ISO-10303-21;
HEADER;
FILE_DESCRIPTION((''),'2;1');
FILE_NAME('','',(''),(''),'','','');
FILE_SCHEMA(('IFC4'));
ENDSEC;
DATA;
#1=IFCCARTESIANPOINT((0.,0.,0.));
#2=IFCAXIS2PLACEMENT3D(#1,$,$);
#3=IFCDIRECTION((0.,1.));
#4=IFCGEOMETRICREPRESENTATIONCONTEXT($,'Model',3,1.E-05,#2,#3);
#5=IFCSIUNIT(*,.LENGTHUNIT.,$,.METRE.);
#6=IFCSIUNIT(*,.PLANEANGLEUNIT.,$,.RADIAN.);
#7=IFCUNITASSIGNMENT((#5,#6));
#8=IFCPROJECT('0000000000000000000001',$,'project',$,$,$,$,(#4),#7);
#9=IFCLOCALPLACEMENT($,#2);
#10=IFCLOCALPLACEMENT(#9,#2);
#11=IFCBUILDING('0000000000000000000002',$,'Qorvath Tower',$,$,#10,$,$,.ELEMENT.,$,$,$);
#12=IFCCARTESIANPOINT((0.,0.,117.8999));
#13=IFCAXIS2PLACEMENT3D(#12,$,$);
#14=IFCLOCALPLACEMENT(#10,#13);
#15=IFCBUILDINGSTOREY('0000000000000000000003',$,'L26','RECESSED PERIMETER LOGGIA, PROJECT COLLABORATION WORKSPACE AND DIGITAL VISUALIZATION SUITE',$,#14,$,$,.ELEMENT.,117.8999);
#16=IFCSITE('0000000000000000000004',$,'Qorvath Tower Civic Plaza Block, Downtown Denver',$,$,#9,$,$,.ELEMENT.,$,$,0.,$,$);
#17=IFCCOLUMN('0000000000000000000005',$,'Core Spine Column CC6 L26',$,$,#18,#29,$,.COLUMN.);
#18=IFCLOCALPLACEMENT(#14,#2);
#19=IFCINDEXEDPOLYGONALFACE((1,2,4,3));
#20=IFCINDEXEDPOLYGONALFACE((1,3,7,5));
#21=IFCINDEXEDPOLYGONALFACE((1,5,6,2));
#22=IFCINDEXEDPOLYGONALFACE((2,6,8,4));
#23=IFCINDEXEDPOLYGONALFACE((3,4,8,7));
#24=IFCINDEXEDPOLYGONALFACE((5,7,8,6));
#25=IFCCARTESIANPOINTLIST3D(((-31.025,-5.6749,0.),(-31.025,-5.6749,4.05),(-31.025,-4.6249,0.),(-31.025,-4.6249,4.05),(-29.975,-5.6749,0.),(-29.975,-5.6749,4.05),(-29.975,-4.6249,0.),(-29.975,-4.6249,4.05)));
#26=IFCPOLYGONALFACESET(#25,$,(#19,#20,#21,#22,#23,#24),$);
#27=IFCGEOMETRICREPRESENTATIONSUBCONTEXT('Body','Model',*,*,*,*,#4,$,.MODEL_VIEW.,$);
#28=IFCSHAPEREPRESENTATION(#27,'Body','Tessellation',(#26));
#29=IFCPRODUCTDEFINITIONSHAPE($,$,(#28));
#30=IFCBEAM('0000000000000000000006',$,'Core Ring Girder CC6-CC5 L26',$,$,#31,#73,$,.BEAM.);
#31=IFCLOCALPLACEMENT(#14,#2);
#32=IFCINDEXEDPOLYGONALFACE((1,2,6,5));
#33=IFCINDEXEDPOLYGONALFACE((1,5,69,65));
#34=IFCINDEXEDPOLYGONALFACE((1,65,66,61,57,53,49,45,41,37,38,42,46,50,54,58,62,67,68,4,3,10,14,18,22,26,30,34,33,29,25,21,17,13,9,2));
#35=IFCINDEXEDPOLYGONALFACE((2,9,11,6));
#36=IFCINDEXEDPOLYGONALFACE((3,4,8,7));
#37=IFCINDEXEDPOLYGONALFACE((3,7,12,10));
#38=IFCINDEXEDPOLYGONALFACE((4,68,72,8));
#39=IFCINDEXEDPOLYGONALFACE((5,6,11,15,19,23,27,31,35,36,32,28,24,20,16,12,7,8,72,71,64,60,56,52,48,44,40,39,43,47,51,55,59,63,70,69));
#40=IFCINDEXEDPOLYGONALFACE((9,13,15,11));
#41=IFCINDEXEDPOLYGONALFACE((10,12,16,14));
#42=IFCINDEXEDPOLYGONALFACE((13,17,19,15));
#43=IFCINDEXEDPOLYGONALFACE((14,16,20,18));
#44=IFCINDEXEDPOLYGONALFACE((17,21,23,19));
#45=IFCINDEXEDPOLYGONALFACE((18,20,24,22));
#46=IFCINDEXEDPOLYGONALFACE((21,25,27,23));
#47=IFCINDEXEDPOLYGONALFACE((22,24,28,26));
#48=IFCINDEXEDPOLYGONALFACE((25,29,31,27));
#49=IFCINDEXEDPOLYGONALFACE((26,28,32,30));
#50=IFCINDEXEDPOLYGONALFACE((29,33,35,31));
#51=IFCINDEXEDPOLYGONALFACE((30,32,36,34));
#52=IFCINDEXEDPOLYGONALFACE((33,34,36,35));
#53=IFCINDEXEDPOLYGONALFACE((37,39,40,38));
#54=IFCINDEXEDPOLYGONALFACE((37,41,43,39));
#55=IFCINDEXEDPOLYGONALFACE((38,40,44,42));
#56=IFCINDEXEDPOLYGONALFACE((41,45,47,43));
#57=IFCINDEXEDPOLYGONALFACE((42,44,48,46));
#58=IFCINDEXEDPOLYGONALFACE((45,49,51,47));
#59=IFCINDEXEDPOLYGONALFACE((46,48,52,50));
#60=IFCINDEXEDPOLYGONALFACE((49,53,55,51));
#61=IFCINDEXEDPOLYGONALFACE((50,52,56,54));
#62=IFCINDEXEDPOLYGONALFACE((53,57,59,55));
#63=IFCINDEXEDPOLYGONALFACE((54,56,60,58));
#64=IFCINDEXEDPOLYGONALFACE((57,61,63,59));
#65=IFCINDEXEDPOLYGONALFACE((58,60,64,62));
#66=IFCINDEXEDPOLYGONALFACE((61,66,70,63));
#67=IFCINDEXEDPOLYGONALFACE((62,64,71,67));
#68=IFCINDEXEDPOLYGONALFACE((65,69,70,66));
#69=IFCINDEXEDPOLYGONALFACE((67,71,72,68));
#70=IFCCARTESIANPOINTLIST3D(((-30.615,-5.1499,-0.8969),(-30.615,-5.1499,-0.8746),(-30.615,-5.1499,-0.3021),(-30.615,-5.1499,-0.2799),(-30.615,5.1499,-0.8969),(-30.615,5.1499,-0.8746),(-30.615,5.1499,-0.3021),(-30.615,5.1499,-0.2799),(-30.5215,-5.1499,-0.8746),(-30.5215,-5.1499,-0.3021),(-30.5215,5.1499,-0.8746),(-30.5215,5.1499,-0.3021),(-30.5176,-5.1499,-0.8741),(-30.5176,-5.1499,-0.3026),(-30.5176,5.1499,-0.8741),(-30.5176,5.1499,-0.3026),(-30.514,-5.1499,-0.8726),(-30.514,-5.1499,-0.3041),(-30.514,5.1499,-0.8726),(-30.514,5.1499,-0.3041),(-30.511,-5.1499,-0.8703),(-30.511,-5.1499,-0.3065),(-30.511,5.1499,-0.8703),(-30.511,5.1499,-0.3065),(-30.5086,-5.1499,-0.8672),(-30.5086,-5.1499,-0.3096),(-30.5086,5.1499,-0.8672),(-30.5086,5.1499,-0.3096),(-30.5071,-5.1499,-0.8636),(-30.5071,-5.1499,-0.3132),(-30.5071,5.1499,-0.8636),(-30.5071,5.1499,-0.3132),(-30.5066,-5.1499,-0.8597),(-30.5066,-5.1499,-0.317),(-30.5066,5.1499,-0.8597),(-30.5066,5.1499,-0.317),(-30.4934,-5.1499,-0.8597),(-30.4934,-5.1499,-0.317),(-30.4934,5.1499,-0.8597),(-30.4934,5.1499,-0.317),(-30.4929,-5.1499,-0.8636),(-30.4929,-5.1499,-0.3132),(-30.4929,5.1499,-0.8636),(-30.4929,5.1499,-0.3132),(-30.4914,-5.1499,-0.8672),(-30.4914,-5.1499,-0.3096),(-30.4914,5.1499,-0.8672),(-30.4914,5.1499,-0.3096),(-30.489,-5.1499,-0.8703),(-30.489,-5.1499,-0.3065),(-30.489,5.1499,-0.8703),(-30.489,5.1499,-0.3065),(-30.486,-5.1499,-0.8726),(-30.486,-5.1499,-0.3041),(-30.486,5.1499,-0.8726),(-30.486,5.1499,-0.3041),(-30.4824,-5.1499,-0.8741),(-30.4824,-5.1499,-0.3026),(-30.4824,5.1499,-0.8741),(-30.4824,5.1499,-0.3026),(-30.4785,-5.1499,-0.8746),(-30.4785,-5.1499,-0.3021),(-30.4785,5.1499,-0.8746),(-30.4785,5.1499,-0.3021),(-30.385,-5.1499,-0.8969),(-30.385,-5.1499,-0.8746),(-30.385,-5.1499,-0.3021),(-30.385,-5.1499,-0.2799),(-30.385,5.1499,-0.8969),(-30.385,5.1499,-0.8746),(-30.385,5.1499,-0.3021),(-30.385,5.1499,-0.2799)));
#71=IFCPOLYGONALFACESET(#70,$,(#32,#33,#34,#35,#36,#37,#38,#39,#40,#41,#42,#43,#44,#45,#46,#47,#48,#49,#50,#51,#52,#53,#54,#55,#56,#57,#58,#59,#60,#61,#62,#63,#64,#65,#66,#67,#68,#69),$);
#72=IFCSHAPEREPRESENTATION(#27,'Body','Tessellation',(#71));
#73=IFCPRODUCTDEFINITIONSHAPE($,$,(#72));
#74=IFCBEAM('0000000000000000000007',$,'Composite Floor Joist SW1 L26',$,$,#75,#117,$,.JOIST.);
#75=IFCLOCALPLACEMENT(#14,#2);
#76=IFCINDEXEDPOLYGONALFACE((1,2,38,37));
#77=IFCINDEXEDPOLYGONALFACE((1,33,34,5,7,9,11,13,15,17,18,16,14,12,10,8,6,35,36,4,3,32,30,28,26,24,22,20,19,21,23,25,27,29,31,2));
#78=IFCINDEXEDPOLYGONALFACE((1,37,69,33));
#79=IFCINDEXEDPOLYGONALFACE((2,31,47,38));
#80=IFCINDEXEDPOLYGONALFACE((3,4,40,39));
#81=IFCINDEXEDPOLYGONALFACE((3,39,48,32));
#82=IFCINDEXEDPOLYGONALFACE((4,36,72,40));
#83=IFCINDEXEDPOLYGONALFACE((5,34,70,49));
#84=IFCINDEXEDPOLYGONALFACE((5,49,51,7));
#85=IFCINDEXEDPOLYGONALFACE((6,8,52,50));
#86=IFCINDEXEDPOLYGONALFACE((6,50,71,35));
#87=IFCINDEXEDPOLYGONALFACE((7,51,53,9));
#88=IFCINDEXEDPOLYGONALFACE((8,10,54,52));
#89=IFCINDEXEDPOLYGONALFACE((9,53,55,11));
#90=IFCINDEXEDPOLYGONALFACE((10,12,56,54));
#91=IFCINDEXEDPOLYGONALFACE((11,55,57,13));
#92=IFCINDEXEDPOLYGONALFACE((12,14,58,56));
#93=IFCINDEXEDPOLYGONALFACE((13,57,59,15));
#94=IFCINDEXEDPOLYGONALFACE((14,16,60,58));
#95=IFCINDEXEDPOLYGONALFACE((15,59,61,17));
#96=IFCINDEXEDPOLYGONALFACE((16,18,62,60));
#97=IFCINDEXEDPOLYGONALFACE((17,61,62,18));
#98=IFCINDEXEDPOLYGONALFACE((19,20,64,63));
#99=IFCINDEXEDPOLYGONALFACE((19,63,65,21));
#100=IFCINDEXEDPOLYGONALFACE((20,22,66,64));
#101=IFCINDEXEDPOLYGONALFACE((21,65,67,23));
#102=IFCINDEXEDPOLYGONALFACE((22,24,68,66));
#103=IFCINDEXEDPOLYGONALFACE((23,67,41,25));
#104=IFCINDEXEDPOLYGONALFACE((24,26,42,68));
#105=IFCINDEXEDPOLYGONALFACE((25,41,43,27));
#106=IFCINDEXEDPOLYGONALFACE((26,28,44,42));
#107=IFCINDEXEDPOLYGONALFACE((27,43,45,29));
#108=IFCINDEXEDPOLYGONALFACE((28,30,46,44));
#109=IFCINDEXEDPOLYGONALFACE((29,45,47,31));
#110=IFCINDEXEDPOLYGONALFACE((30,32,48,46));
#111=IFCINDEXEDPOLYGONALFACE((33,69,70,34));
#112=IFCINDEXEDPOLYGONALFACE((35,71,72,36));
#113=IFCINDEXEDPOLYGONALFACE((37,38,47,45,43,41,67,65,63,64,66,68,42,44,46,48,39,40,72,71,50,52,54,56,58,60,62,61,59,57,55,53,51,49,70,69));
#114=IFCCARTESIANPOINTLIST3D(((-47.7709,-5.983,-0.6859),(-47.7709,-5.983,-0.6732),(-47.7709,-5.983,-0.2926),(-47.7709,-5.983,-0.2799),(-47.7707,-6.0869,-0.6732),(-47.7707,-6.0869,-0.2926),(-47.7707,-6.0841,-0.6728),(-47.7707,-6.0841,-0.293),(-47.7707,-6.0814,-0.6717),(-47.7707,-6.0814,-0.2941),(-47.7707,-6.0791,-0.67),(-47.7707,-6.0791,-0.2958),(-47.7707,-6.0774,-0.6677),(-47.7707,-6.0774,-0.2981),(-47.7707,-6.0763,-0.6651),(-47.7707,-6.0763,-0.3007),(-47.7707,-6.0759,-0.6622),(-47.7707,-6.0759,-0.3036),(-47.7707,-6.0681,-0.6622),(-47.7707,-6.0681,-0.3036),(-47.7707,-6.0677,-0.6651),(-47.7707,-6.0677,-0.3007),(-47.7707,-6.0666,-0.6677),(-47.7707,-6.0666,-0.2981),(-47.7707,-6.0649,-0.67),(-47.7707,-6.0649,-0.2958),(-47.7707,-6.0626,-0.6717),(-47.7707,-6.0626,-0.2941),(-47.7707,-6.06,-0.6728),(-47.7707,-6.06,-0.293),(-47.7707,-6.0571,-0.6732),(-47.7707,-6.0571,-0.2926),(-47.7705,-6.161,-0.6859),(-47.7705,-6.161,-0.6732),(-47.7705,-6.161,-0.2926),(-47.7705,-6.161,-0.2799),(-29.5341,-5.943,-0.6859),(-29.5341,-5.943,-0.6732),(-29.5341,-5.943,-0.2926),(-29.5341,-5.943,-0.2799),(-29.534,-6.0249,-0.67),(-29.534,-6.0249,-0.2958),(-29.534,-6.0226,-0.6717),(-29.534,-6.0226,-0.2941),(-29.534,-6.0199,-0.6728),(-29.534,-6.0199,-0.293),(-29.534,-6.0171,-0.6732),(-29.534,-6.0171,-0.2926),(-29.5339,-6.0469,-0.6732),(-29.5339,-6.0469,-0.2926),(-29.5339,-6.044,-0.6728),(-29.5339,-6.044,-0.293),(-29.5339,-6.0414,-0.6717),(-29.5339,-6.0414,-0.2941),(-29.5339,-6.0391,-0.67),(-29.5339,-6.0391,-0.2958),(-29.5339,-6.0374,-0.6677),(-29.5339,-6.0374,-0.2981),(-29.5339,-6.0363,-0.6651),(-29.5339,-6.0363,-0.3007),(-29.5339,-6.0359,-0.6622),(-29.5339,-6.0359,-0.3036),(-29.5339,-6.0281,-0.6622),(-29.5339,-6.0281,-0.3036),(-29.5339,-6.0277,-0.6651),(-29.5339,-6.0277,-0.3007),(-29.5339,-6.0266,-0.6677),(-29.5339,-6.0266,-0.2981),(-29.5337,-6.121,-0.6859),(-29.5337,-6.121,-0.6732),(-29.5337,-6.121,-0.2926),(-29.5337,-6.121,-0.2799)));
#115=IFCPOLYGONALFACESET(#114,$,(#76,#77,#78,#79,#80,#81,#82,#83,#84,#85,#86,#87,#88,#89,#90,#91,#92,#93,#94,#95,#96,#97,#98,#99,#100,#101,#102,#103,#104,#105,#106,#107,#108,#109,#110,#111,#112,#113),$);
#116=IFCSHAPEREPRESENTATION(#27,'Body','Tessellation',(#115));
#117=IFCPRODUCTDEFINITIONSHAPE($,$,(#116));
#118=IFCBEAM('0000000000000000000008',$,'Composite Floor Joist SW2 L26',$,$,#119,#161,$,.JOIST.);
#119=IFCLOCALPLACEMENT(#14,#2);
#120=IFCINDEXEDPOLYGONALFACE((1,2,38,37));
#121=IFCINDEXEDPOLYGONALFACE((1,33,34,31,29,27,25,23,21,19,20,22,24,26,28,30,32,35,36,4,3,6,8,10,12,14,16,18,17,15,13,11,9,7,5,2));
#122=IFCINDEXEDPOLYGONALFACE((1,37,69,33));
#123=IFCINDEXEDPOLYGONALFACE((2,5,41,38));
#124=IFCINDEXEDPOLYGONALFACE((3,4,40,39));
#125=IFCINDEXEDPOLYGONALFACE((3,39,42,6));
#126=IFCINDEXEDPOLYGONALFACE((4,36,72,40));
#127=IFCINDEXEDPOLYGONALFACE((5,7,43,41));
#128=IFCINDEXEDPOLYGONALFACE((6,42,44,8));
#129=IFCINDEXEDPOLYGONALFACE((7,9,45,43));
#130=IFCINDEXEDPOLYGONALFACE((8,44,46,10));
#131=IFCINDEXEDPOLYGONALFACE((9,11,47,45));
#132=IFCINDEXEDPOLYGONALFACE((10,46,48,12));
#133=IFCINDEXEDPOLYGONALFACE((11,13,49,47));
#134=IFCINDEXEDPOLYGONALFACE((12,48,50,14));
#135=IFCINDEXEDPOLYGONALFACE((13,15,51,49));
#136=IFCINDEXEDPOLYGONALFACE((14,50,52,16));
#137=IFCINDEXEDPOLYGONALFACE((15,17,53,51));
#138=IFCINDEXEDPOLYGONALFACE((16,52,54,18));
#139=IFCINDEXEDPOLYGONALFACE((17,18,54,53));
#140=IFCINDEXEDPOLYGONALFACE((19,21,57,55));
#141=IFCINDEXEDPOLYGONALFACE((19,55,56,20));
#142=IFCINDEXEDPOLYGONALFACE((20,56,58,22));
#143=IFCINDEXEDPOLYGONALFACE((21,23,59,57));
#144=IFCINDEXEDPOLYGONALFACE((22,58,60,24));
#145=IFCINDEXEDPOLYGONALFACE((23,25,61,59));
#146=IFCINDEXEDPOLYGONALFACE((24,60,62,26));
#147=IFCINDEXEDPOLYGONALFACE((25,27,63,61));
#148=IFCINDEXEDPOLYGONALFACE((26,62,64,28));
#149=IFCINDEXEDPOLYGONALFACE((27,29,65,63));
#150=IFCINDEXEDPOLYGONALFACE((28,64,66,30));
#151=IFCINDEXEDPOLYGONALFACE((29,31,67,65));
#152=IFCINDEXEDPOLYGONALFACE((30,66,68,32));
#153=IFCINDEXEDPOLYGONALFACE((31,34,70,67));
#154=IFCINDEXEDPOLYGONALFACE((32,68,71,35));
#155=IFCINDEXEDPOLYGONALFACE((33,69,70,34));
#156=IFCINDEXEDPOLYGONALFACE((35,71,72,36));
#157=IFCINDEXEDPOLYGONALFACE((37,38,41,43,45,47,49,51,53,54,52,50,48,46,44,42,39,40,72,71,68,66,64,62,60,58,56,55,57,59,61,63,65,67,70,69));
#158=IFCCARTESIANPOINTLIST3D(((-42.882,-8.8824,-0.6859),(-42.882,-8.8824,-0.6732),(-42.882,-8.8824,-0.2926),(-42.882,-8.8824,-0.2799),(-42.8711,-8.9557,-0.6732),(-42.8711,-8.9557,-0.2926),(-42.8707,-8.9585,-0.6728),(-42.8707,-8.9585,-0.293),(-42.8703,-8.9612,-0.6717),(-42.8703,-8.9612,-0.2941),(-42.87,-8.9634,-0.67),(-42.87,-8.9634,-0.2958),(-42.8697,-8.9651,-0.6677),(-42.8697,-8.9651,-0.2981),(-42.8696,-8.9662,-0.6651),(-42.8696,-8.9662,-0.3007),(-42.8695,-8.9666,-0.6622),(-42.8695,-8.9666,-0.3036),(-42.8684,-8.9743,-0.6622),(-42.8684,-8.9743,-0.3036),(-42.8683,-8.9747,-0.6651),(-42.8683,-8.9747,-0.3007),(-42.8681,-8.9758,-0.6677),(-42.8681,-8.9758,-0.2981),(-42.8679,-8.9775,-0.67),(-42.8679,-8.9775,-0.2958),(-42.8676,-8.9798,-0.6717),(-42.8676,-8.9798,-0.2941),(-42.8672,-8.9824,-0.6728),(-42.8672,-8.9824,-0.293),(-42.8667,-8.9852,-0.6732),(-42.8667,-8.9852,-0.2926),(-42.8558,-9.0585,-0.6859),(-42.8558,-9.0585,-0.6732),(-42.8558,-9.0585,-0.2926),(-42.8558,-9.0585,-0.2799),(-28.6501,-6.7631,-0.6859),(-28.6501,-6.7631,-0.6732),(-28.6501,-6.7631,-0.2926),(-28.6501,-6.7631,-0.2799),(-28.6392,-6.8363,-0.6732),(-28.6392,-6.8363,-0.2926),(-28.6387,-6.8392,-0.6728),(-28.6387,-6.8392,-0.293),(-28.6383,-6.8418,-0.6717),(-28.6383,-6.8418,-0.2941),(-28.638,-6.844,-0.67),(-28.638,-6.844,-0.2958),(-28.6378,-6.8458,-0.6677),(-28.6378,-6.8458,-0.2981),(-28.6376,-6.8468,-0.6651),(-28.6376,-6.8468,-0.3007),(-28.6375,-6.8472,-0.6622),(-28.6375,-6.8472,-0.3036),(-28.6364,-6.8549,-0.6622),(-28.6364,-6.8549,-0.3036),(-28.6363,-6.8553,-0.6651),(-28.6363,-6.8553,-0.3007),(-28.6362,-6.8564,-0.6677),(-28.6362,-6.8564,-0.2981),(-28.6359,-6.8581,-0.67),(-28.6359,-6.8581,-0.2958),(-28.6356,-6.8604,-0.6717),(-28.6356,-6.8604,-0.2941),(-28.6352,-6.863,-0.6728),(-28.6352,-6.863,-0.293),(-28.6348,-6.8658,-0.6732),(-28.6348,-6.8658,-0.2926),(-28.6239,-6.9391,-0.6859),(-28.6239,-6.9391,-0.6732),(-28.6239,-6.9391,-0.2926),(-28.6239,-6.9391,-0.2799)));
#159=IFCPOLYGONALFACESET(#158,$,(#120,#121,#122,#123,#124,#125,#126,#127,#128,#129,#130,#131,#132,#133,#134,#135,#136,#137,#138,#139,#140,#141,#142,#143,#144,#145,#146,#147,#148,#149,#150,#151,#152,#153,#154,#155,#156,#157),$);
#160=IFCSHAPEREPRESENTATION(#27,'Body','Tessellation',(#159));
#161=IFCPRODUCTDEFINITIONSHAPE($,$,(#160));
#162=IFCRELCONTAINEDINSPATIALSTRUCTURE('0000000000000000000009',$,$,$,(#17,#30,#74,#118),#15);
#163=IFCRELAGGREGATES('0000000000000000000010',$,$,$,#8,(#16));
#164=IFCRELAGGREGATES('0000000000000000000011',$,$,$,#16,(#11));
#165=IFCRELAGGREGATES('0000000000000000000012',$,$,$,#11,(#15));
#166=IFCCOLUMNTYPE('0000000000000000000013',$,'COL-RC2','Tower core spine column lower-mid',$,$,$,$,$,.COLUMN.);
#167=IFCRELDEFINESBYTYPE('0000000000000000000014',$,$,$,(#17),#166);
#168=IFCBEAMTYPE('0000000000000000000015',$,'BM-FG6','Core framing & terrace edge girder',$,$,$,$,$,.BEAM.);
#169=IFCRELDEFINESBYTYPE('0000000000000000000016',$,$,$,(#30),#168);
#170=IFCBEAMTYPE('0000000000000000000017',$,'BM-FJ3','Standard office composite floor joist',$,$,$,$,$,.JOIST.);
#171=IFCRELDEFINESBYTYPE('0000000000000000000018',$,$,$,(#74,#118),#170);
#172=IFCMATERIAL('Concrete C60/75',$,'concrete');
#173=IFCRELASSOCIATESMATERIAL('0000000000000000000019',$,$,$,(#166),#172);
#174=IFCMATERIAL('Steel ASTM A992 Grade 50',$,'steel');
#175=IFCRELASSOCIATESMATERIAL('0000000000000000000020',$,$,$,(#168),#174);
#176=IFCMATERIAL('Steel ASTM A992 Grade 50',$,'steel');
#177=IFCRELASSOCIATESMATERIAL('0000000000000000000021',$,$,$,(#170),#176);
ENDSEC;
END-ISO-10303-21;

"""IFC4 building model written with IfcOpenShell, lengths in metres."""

from ifc_helpers import new_model, si_unit, direction, frame, origin, origin_2d, place, context, subcontext, project, spatial, rectangle, i_section, extrude, material, material_profile, profile_set, type_object, element, save


model = new_model("IFC4")

# Units and contexts
model_context = context("Model", 3, precision=1e-05, world=origin(), true_north=direction((0.0, 1.0)))
body_context = subcontext(model_context, "Body", "Model", "MODEL_VIEW")
ifc_project = project(units=[si_unit("LENGTHUNIT", "METRE"), si_unit("PLANEANGLEUNIT", "RADIAN")], contexts=[model_context])

# Site, building, storey
site_placement = place(None, origin())
site = spatial("IfcSite", under=ifc_project, at=site_placement, Name="Qorvath Tower Civic Plaza Block, Downtown Denver", CompositionType="ELEMENT", RefElevation=0.0)
building_placement = place(site_placement, origin())
building = spatial("IfcBuilding", under=site, at=building_placement, Name="Qorvath Tower", CompositionType="ELEMENT")
storey_placement = place(building_placement, frame((0.0, 0.0, 117.8999)))
storey = spatial("IfcBuildingStorey", under=building, at=storey_placement, Name="L26", Description="RECESSED PERIMETER LOGGIA, PROJECT COLLABORATION WORKSPACE AND DIGITAL VISUALIZATION SUITE", CompositionType="ELEMENT", Elevation=117.8999)

# Column
ifc_material_1 = material(Name="Concrete C60/75", Category="concrete")
ifc_material_profile_1 = material_profile(ifc_material_1, rectangle(XDim=1.05, YDim=1.05, at=origin_2d()), Name="RC 1050x1050")
ifc_profile_set_1 = profile_set([ifc_material_profile_1], Name="Concrete C60/75")
column_type = type_object("IfcColumnType", Name="COL-RC2", Description="Tower core spine column lower-mid", PredefinedType="COLUMN", material=ifc_profile_set_1)
column_placement = place(storey_placement, frame((-30.5, -5.1499, 0.0), z_axis=(0.0, 0.0, 1.0), x_axis=(1.0, 0.0, 0.0)))
element("IfcColumn", 1, at=column_placement, inside=storey, type_object=column_type, Name="Core Spine Column CC6 L26", PredefinedType="COLUMN", context=body_context, shape_type="SweptSolid", body=[
    extrude(rectangle(XDim=1.05, YDim=1.05, at=origin_2d()), origin(), (0.0, 0.0, 1.0), 4.05),
])

# Beams
ifc_material_2 = material(Name="Steel ASTM A992 Grade 50", Category="steel")
ifc_material_profile_2 = material_profile(ifc_material_2, i_section(OverallWidth=0.23, OverallDepth=0.6169, WebThickness=0.0132, FlangeThickness=0.0222, FilletRadius=0.0149, at=origin_2d()), Name="W24x94")
ifc_profile_set_2 = profile_set([ifc_material_profile_2], Name="Steel ASTM A992 Grade 50")
beam_type_1 = type_object("IfcBeamType", Name="BM-FG6", Description="Core framing & terrace edge girder", PredefinedType="BEAM", material=ifc_profile_set_2)
beam_1_placement = place(storey_placement, frame((-30.5, -5.1499, -0.5884), z_axis=(0.0, 1.0, 0.0), x_axis=(-1.0, 0.0, 0.0)))
element("IfcBeam", 2, at=beam_1_placement, inside=storey, type_object=beam_type_1, Name="Core Ring Girder CC6-CC5 L26", PredefinedType="BEAM", context=body_context, shape_type="SweptSolid", body=[
    extrude(i_section(OverallWidth=0.23, OverallDepth=0.6169, WebThickness=0.0132, FlangeThickness=0.0222, FilletRadius=0.0149, at=origin_2d()), origin(), (0.0, 0.0, 1.0), 10.2998),
])
ifc_material_3 = material(Name="Steel ASTM A992 Grade 50", Category="steel")
ifc_material_profile_3 = material_profile(ifc_material_3, i_section(OverallWidth=0.178, OverallDepth=0.406, WebThickness=0.0078, FlangeThickness=0.0127, FilletRadius=0.011, at=origin_2d()), Name="W16x40")
ifc_profile_set_3 = profile_set([ifc_material_profile_3], Name="Steel ASTM A992 Grade 50")
beam_type_2 = type_object("IfcBeamType", Name="BM-FJ3", Description="Standard office composite floor joist", PredefinedType="JOIST", material=ifc_profile_set_3)
beam_2_placement = place(storey_placement, frame((-29.5339, -6.032, -0.4829), z_axis=(-0.999998, -0.002196, 0.0), x_axis=(0.002196, -0.999998, 0.0)))
element("IfcBeam", 3, at=beam_2_placement, inside=storey, type_object=beam_type_2, Name="Composite Floor Joist SW1 L26", PredefinedType="JOIST", context=body_context, shape_type="SweptSolid", body=[
    extrude(i_section(OverallWidth=0.178, OverallDepth=0.406, WebThickness=0.0078, FlangeThickness=0.0127, FilletRadius=0.011, at=origin_2d()), origin(), (0.0, 0.0, 1.0), 18.2368),
])
beam_3_placement = place(storey_placement, frame((-28.637, -6.8511, -0.4829), z_axis=(-0.989093, -0.147293, 0.0), x_axis=(0.147293, -0.989093, 0.0)))
element("IfcBeam", 4, at=beam_3_placement, inside=storey, type_object=beam_type_2, Name="Composite Floor Joist SW2 L26", PredefinedType="JOIST", context=body_context, shape_type="SweptSolid", body=[
    extrude(i_section(OverallWidth=0.178, OverallDepth=0.406, WebThickness=0.0078, FlangeThickness=0.0127, FilletRadius=0.011, at=origin_2d()), origin(), (0.0, 0.0, 1.0), 14.3889),
])

save(model, "model.ifc")
